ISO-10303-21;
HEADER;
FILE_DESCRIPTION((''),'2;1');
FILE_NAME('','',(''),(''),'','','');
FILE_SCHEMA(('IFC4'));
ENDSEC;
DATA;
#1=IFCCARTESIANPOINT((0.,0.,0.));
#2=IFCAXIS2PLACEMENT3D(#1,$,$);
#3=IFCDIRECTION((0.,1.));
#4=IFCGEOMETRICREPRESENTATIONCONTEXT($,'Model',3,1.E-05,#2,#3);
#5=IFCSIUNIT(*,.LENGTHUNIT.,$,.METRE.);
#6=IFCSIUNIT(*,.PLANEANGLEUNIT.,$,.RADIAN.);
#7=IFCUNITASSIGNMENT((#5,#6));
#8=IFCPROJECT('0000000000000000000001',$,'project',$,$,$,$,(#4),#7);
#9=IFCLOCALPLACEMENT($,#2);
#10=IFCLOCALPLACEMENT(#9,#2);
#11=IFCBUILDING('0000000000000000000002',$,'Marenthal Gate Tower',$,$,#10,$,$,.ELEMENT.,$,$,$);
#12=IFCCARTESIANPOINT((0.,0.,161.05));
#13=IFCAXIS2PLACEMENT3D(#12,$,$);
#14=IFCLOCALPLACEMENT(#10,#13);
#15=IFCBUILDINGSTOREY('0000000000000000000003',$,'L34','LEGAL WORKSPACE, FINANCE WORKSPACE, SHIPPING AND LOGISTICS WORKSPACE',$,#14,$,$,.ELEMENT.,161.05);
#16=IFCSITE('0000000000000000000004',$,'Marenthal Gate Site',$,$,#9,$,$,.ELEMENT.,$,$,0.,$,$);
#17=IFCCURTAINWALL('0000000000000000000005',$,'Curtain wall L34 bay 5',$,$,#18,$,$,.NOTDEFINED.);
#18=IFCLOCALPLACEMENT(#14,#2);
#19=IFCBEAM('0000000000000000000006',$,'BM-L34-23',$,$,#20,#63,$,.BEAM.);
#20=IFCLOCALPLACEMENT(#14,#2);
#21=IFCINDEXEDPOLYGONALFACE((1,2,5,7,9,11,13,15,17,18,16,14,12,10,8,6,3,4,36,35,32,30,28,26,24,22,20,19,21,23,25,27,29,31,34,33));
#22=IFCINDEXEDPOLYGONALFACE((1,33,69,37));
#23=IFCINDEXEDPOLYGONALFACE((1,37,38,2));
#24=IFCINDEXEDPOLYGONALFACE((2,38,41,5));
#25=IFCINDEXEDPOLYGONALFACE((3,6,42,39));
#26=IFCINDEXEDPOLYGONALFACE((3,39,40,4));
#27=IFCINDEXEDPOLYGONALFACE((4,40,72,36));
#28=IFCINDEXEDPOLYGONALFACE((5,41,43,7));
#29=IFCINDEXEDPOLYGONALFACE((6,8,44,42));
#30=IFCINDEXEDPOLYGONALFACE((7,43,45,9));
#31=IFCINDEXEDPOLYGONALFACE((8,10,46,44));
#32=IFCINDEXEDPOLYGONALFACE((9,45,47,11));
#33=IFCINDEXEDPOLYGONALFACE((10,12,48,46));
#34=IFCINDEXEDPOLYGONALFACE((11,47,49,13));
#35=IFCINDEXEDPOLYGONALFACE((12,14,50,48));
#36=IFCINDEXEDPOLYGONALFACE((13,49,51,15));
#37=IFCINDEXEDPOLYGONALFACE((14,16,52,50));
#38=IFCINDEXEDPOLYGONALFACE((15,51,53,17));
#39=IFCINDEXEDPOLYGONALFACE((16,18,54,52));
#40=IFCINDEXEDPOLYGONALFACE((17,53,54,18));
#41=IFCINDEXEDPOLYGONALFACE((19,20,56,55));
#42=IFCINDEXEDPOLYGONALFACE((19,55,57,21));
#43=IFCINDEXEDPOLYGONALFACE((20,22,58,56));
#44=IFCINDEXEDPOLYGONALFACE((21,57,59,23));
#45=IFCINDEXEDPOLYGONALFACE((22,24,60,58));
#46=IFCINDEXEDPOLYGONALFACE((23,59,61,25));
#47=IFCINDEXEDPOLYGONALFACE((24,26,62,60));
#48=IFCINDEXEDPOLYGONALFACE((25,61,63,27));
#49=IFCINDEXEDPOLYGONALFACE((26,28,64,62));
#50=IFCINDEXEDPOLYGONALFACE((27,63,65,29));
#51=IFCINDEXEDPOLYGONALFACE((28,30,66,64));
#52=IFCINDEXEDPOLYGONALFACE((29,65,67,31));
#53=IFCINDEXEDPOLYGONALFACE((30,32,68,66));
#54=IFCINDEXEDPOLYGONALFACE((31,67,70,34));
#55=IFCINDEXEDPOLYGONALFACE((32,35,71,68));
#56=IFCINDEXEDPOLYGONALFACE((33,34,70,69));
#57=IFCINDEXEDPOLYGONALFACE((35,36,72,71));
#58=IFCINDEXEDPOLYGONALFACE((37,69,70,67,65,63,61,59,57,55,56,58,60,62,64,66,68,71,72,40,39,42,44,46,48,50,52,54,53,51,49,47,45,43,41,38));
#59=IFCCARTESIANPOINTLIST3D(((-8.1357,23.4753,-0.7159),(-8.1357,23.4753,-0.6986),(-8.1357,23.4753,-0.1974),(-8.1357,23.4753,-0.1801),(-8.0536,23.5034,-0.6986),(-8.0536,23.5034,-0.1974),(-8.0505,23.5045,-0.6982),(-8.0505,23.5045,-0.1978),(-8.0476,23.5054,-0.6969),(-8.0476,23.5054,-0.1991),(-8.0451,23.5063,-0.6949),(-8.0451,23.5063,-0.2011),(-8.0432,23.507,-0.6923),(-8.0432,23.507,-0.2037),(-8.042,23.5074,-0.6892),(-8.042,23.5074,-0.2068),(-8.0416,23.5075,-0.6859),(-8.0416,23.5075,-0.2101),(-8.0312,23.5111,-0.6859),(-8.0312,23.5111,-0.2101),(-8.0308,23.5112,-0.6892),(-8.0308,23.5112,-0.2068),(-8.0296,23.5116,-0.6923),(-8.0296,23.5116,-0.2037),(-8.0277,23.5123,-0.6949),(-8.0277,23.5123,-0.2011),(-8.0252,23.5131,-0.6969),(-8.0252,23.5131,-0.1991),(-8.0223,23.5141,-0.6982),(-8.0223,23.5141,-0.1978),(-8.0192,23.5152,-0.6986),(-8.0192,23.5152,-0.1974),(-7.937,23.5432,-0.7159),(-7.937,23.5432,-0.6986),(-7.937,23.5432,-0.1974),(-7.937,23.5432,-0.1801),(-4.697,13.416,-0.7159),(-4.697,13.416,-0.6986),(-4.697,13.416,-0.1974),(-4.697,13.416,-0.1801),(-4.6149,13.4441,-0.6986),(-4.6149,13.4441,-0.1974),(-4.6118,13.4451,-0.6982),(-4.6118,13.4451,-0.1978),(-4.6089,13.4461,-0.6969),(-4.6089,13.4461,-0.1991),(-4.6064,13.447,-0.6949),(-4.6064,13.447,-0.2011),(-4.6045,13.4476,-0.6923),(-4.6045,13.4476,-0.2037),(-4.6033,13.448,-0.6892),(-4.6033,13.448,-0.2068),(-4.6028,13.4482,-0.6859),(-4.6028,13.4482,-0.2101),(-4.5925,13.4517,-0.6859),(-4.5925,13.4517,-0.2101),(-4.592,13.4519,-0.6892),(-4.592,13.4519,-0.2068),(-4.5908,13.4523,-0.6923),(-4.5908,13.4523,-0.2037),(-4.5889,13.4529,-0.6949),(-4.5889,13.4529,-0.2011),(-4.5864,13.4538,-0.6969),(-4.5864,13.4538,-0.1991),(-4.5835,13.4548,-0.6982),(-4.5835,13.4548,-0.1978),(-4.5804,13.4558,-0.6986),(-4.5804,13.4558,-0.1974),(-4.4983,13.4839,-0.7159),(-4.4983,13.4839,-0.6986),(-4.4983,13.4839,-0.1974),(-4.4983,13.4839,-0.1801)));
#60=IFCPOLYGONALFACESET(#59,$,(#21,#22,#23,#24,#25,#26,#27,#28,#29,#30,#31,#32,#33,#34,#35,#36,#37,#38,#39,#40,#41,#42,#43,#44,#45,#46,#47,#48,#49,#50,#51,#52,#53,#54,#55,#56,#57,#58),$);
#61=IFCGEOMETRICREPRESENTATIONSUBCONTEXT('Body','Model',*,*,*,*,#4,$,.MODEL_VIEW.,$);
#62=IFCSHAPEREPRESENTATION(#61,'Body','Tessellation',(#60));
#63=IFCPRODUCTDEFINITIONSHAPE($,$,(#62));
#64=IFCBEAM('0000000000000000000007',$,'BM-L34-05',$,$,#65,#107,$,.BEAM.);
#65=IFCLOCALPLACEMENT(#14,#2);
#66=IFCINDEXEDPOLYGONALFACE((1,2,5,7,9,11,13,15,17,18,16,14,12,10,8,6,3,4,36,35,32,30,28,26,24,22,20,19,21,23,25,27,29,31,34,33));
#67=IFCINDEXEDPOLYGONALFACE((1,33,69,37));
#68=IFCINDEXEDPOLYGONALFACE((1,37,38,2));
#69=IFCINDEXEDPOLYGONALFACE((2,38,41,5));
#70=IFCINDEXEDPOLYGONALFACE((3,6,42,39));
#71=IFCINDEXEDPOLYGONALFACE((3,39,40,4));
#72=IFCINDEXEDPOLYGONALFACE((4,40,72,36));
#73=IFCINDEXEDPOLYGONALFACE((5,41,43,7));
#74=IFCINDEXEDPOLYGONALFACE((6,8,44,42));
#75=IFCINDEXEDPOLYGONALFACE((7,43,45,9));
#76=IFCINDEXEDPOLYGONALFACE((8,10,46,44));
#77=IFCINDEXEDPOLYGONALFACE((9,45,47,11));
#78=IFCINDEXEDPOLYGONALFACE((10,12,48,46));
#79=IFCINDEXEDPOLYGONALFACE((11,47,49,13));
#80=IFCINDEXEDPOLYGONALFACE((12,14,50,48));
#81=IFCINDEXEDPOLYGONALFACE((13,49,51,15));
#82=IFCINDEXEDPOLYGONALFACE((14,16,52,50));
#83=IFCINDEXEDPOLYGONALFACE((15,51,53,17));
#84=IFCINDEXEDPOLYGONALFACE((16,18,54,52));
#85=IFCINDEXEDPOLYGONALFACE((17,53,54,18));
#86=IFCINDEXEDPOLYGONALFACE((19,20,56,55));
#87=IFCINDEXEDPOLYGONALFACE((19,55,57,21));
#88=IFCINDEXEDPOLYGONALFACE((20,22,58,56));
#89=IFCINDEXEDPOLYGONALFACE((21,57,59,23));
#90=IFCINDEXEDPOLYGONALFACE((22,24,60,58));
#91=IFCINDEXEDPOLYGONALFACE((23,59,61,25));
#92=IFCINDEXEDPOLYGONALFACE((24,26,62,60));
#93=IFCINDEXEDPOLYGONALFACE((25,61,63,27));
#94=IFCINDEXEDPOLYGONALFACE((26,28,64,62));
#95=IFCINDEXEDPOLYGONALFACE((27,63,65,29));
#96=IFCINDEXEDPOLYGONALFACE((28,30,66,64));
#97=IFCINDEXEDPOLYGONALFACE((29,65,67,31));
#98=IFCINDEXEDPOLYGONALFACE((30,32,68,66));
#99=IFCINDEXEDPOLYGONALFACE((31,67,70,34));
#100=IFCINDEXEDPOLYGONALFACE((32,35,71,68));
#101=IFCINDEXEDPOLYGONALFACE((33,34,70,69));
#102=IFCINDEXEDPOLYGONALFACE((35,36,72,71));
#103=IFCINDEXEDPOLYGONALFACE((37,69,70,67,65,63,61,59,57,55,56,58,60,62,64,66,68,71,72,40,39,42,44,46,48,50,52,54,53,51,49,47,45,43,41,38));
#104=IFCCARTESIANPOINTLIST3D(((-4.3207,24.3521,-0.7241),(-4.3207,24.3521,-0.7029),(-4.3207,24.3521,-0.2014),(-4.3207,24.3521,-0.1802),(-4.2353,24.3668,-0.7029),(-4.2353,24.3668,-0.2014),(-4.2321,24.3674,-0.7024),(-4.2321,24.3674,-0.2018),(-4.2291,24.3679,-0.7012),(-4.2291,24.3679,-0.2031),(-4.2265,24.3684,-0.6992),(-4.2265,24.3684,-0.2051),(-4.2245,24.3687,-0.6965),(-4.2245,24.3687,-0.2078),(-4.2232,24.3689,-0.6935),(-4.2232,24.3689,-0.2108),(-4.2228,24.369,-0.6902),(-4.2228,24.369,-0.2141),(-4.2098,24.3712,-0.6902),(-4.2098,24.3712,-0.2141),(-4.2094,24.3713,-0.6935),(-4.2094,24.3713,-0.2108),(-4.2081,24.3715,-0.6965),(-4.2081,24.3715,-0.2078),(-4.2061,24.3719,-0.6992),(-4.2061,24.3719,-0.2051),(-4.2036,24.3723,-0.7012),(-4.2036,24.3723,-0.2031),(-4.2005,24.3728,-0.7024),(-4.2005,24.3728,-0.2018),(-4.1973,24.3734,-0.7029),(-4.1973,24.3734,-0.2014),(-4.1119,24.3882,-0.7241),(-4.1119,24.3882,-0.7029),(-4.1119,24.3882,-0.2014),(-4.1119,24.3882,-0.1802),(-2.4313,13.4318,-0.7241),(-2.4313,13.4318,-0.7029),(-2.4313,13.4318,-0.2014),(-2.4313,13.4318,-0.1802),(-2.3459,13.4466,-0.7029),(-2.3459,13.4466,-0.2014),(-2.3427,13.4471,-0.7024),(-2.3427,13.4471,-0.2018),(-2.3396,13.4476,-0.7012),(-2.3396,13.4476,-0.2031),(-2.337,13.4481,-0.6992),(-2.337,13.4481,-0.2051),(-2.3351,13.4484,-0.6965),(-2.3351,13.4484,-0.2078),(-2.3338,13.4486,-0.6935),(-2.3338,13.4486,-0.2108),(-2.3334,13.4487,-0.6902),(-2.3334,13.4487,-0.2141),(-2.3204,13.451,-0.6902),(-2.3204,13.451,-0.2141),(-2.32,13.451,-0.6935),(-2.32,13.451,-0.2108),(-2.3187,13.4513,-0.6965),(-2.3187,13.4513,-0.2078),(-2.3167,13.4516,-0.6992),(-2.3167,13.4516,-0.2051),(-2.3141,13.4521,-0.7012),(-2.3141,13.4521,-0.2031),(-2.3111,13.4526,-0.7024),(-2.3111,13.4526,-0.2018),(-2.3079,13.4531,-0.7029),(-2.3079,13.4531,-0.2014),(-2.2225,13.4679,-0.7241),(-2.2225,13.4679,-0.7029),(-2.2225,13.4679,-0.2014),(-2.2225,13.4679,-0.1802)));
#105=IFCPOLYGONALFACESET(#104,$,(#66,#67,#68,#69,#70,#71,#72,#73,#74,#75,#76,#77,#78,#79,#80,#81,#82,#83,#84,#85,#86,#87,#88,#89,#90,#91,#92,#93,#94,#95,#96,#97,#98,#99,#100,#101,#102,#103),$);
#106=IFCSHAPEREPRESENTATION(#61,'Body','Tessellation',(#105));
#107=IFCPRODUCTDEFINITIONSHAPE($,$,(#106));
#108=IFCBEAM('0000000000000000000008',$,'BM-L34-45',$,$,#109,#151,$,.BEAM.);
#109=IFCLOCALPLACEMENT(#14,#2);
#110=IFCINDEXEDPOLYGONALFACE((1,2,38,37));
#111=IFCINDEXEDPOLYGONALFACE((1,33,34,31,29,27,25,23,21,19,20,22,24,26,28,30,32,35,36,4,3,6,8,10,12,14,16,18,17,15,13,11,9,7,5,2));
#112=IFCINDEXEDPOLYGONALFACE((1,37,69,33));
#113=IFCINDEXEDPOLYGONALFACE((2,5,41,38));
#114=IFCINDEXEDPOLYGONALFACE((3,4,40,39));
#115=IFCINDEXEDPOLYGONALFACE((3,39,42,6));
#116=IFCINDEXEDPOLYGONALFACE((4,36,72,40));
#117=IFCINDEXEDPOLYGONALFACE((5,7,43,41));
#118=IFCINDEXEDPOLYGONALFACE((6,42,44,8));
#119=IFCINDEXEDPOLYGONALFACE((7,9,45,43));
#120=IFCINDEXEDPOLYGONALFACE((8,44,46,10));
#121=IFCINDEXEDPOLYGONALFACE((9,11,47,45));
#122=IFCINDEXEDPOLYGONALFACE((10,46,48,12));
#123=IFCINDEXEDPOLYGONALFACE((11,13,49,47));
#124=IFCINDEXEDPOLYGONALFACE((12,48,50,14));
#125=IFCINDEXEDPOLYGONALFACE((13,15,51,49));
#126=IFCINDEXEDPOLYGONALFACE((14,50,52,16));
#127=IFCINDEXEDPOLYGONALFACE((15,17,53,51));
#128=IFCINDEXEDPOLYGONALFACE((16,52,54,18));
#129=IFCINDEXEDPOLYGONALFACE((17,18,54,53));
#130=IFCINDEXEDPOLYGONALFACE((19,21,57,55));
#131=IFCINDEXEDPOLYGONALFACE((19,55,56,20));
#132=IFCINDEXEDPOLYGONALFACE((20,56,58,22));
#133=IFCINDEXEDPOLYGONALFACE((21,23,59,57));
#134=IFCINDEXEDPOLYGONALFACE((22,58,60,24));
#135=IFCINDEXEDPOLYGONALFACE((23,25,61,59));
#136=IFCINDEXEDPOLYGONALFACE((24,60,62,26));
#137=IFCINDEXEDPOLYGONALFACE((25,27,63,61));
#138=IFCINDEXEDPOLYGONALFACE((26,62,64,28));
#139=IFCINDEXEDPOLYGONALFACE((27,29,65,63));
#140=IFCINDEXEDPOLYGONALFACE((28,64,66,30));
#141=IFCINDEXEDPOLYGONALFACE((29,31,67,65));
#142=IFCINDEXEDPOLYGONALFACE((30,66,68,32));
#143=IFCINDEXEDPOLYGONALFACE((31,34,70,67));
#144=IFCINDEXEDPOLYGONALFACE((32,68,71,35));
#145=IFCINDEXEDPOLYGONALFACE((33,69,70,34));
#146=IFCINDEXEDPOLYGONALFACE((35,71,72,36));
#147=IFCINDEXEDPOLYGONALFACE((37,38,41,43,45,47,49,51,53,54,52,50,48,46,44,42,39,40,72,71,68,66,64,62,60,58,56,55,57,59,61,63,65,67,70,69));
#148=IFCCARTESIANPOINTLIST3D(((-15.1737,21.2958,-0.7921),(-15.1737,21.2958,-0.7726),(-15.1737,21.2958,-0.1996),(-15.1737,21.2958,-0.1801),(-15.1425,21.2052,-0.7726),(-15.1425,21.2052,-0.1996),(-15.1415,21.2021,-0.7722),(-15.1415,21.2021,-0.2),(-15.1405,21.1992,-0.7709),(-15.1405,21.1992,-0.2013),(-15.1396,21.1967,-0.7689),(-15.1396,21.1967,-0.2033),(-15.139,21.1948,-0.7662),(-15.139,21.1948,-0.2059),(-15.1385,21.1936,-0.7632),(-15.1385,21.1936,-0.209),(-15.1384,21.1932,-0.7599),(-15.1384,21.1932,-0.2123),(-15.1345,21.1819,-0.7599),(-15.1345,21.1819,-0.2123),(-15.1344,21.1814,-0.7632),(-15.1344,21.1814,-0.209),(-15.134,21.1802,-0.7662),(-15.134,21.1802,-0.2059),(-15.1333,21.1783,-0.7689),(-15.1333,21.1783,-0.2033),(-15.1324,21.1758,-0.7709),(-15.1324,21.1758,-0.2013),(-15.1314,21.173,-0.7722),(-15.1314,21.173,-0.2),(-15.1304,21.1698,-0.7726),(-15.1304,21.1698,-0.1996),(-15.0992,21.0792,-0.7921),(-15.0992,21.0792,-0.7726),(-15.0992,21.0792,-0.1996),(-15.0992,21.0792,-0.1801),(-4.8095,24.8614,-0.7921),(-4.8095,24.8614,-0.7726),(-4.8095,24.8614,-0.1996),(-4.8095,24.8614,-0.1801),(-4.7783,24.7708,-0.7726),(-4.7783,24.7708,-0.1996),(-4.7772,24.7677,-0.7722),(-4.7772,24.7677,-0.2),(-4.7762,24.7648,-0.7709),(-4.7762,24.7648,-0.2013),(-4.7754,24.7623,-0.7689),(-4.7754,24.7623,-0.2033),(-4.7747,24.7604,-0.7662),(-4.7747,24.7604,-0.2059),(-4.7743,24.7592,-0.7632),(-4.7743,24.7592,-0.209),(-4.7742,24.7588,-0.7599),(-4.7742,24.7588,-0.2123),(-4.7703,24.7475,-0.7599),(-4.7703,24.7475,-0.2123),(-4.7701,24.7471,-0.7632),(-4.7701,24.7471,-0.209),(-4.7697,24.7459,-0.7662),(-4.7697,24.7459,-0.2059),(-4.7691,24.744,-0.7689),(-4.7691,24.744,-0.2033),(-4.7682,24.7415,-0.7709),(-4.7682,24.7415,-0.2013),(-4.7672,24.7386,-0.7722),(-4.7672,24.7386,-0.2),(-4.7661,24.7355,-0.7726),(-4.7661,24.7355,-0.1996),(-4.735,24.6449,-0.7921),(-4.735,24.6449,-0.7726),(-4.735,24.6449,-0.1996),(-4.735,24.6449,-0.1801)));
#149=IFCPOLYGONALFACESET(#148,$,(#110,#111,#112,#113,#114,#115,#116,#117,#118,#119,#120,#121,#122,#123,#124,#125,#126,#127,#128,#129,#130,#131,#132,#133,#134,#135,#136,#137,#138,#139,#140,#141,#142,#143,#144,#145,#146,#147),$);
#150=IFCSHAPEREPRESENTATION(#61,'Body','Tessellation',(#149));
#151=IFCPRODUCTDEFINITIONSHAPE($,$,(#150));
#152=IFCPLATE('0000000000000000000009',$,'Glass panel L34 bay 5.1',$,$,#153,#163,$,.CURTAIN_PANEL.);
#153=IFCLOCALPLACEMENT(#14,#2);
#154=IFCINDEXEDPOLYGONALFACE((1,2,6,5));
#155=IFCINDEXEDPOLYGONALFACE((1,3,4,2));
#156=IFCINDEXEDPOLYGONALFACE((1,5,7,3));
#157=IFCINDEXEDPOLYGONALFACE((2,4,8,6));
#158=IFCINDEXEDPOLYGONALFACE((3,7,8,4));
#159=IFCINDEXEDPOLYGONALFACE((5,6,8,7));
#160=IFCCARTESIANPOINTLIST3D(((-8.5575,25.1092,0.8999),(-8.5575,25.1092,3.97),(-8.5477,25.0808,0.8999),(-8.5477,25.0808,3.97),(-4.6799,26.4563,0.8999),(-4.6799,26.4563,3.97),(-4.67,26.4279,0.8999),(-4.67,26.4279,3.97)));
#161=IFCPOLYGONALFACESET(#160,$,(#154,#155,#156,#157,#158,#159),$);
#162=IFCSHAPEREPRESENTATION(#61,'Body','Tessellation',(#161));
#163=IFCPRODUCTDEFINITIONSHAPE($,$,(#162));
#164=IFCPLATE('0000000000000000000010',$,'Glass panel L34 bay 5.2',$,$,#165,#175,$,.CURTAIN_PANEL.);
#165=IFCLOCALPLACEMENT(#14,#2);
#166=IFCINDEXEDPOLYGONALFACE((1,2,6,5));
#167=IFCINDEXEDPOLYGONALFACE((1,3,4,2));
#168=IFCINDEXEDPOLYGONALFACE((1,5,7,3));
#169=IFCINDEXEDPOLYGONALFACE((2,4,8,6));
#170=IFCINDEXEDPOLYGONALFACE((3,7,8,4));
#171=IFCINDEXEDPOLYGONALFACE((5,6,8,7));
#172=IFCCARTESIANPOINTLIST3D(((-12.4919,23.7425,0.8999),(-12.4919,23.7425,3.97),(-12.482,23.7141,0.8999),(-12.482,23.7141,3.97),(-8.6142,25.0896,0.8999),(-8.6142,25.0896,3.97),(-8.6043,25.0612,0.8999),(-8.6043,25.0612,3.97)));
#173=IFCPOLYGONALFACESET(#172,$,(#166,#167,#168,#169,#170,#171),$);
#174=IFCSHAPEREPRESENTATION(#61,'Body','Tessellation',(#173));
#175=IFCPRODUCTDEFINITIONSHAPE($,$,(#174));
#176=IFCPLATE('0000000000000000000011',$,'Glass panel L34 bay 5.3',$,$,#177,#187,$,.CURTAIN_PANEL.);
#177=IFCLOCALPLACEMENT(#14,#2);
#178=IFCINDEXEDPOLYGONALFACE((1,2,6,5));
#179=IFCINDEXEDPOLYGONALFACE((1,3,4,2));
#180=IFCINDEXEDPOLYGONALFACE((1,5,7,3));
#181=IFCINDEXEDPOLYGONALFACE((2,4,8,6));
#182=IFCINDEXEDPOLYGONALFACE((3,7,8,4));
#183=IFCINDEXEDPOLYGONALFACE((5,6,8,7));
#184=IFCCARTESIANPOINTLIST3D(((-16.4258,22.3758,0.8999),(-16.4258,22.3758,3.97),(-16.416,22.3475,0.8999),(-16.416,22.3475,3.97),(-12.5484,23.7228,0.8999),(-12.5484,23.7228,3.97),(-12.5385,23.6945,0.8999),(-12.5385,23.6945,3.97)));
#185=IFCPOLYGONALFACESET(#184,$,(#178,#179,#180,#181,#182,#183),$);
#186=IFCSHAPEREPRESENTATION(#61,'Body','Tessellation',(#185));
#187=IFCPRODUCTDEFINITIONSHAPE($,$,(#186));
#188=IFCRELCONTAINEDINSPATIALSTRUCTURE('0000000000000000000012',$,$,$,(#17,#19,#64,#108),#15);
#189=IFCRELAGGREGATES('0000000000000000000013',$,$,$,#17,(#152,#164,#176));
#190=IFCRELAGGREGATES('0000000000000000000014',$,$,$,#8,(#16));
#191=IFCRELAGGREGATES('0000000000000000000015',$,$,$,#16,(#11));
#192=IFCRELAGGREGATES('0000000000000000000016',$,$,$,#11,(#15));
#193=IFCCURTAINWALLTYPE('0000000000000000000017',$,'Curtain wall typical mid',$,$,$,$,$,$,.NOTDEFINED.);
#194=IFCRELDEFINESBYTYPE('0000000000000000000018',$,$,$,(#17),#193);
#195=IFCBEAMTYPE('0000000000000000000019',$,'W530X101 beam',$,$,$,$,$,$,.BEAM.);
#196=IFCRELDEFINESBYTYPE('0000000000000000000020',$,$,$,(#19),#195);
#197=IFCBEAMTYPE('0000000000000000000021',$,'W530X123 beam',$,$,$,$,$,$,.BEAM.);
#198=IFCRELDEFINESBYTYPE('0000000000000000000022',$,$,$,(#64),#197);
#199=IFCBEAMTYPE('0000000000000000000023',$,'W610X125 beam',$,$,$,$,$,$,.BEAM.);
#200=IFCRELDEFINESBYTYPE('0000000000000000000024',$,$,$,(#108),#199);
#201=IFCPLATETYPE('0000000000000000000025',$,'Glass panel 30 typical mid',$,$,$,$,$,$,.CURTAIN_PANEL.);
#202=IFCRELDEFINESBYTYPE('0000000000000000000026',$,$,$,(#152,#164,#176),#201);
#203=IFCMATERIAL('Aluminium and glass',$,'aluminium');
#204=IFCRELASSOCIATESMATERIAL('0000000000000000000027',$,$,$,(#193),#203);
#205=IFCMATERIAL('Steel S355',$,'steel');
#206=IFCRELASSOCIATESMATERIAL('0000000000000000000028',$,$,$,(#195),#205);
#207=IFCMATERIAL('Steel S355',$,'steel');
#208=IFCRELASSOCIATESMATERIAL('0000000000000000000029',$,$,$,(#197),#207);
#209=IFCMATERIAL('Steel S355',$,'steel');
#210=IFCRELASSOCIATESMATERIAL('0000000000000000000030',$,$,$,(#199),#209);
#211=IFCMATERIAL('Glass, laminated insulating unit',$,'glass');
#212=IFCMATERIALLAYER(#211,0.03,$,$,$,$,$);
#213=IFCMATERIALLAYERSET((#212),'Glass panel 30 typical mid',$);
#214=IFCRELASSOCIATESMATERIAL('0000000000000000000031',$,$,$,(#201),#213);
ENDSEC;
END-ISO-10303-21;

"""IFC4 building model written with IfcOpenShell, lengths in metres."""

from ifc_helpers import new_model, si_unit, direction, frame, origin, origin_2d, place, context, subcontext, project, spatial, rectangle, i_section, extrude, material, layer, layer_set, material_profile, profile_set, type_object, element, aggregate, save


model = new_model("IFC4")

# Units and contexts
model_context = context("Model", 3, precision=1e-05, world=origin(), true_north=direction((0.0, 1.0)))
body_context = subcontext(model_context, "Body", "Model", "MODEL_VIEW")
ifc_project = project(units=[si_unit("LENGTHUNIT", "METRE"), si_unit("PLANEANGLEUNIT", "RADIAN")], contexts=[model_context])

# Site, building, storey
site_placement = place(None, origin())
site = spatial("IfcSite", under=ifc_project, at=site_placement, Name="Marenthal Gate Site", CompositionType="ELEMENT", RefElevation=0.0)
building_placement = place(site_placement, origin())
building = spatial("IfcBuilding", under=site, at=building_placement, Name="Marenthal Gate Tower", CompositionType="ELEMENT")
storey_placement = place(building_placement, frame((0.0, 0.0, 161.05)))
storey = spatial("IfcBuildingStorey", under=building, at=storey_placement, Name="L34", Description="LEGAL WORKSPACE, FINANCE WORKSPACE, SHIPPING AND LOGISTICS WORKSPACE", CompositionType="ELEMENT", Elevation=161.05)

# Curtain wall
ifc_material_1 = material(Name="Aluminium and glass", Category="aluminium")
curtain_wall_type = type_object("IfcCurtainWallType", Name="Curtain wall typical mid", PredefinedType="NOTDEFINED", material=ifc_material_1)
curtain_wall_placement = place(storey_placement, origin())
curtain_wall = element("IfcCurtainWall", 1, at=curtain_wall_placement, inside=storey, type_object=curtain_wall_type, Name="Curtain wall L34 bay 5", PredefinedType="NOTDEFINED")

# Beams
ifc_material_2 = material(Name="Steel S355", Category="steel")
ifc_material_profile_1 = material_profile(ifc_material_2, i_section(OverallWidth=0.21, OverallDepth=0.5359, WebThickness=0.011, FlangeThickness=0.0173, FilletRadius=0.0127, at=origin_2d()), Name="W530X101")
ifc_profile_set_1 = profile_set([ifc_material_profile_1], Name="Steel S355")
beam_type_1 = type_object("IfcBeamType", Name="W530X101 beam", PredefinedType="BEAM", material=ifc_profile_set_1)
beam_1_placement = place(storey_placement, frame((-8.0364, 23.5093, -0.448), z_axis=(0.323466, -0.94624, 0.0), x_axis=(0.94624, 0.323466, 0.0)))
element("IfcBeam", 2, at=beam_1_placement, inside=storey, type_object=beam_type_1, Name="BM-L34-23", PredefinedType="BEAM", context=body_context, shape_type="SweptSolid", body=[
    extrude(i_section(OverallWidth=0.21, OverallDepth=0.5359, WebThickness=0.011, FlangeThickness=0.0173, FilletRadius=0.0127, at=origin_2d()), origin(), (0.0, 0.0, 1.0), 10.6309),
])
ifc_material_3 = material(Name="Steel S355", Category="steel")
ifc_material_profile_2 = material_profile(ifc_material_3, i_section(OverallWidth=0.2119, OverallDepth=0.5439, WebThickness=0.0132, FlangeThickness=0.0212, FilletRadius=0.0127, at=origin_2d()), Name="W530X123")
ifc_profile_set_2 = profile_set([ifc_material_profile_2], Name="Steel S355")
beam_type_2 = type_object("IfcBeamType", Name="W530X123 beam", PredefinedType="BEAM", material=ifc_profile_set_2)
beam_2_placement = place(storey_placement, frame((-4.2163, 24.3701, -0.4521), z_axis=(0.170487, -0.98536, 0.0), x_axis=(0.98536, 0.170487, 0.0)))
element("IfcBeam", 3, at=beam_2_placement, inside=storey, type_object=beam_type_2, Name="BM-L34-05", PredefinedType="BEAM", context=body_context, shape_type="SweptSolid", body=[
    extrude(i_section(OverallWidth=0.2119, OverallDepth=0.5439, WebThickness=0.0132, FlangeThickness=0.0212, FilletRadius=0.0127, at=origin_2d()), origin(), (0.0, 0.0, 1.0), 11.0825),
])
ifc_material_4 = material(Name="Steel S355", Category="steel")
ifc_material_profile_3 = material_profile(ifc_material_4, i_section(OverallWidth=0.229, OverallDepth=0.6121, WebThickness=0.012, FlangeThickness=0.0195, FilletRadius=0.0127, at=origin_2d()), Name="W610X125")
ifc_profile_set_3 = profile_set([ifc_material_profile_3], Name="Steel S355")
beam_type_3 = type_object("IfcBeamType", Name="W610X125 beam", PredefinedType="BEAM", material=ifc_profile_set_3)
beam_3_placement = place(storey_placement, frame((-4.7722, 24.7532, -0.4861), z_axis=(-0.945604, -0.325321, 0.0), x_axis=(0.325321, -0.945604, 0.0)))
element("IfcBeam", 4, at=beam_3_placement, inside=storey, type_object=beam_type_3, Name="BM-L34-45", PredefinedType="BEAM", context=body_context, shape_type="SweptSolid", body=[
    extrude(i_section(OverallWidth=0.229, OverallDepth=0.6121, WebThickness=0.012, FlangeThickness=0.0195, FilletRadius=0.0127, at=origin_2d()), origin(), (0.0, 0.0, 1.0), 10.9604),
])

# Plates
ifc_material_5 = material(Name="Glass, laminated insulating unit", Category="glass")
ifc_layer_1 = layer(ifc_material_5, 0.03)
ifc_layer_set_1 = layer_set([ifc_layer_1], Name="Glass panel 30 typical mid")
plate_type = type_object("IfcPlateType", Name="Glass panel 30 typical mid", PredefinedType="CURTAIN_PANEL", material=ifc_layer_set_1)
plate_1_placement = place(storey_placement, frame((-6.6138, 25.7686, 0.8999), z_axis=(0.0, 0.0, 1.0), x_axis=(-0.944623, -0.328158, 0.0)))
plate_1 = element("IfcPlate", 5, at=plate_1_placement, type_object=plate_type, Name="Glass panel L34 bay 5.1", PredefinedType="CURTAIN_PANEL", context=body_context, shape_type="SweptSolid", body=[
    extrude(rectangle(XDim=4.105, YDim=0.03, at=origin_2d()), origin(), (0.0, 0.0, 1.0), 3.0701),
])
plate_2_placement = place(storey_placement, frame((-10.5481, 24.4019, 0.8999), z_axis=(0.0, 0.0, 1.0), x_axis=(-0.944623, -0.328158, 0.0)))
plate_2 = element("IfcPlate", 6, at=plate_2_placement, type_object=plate_type, Name="Glass panel L34 bay 5.2", PredefinedType="CURTAIN_PANEL", context=body_context, shape_type="SweptSolid", body=[
    extrude(rectangle(XDim=4.105, YDim=0.03, at=origin_2d()), origin(), (0.0, 0.0, 1.0), 3.0701),
])
plate_3_placement = place(storey_placement, frame((-14.4822, 23.0352, 0.8999), z_axis=(0.0, 0.0, 1.0), x_axis=(-0.944623, -0.328158, 0.0)))
plate_3 = element("IfcPlate", 7, at=plate_3_placement, type_object=plate_type, Name="Glass panel L34 bay 5.3", PredefinedType="CURTAIN_PANEL", context=body_context, shape_type="SweptSolid", body=[
    extrude(rectangle(XDim=4.1047, YDim=0.03, at=origin_2d()), origin(), (0.0, 0.0, 1.0), 3.0701),
])
aggregate(curtain_wall, [plate_1, plate_2, plate_3])

save(model, "model.ifc")
